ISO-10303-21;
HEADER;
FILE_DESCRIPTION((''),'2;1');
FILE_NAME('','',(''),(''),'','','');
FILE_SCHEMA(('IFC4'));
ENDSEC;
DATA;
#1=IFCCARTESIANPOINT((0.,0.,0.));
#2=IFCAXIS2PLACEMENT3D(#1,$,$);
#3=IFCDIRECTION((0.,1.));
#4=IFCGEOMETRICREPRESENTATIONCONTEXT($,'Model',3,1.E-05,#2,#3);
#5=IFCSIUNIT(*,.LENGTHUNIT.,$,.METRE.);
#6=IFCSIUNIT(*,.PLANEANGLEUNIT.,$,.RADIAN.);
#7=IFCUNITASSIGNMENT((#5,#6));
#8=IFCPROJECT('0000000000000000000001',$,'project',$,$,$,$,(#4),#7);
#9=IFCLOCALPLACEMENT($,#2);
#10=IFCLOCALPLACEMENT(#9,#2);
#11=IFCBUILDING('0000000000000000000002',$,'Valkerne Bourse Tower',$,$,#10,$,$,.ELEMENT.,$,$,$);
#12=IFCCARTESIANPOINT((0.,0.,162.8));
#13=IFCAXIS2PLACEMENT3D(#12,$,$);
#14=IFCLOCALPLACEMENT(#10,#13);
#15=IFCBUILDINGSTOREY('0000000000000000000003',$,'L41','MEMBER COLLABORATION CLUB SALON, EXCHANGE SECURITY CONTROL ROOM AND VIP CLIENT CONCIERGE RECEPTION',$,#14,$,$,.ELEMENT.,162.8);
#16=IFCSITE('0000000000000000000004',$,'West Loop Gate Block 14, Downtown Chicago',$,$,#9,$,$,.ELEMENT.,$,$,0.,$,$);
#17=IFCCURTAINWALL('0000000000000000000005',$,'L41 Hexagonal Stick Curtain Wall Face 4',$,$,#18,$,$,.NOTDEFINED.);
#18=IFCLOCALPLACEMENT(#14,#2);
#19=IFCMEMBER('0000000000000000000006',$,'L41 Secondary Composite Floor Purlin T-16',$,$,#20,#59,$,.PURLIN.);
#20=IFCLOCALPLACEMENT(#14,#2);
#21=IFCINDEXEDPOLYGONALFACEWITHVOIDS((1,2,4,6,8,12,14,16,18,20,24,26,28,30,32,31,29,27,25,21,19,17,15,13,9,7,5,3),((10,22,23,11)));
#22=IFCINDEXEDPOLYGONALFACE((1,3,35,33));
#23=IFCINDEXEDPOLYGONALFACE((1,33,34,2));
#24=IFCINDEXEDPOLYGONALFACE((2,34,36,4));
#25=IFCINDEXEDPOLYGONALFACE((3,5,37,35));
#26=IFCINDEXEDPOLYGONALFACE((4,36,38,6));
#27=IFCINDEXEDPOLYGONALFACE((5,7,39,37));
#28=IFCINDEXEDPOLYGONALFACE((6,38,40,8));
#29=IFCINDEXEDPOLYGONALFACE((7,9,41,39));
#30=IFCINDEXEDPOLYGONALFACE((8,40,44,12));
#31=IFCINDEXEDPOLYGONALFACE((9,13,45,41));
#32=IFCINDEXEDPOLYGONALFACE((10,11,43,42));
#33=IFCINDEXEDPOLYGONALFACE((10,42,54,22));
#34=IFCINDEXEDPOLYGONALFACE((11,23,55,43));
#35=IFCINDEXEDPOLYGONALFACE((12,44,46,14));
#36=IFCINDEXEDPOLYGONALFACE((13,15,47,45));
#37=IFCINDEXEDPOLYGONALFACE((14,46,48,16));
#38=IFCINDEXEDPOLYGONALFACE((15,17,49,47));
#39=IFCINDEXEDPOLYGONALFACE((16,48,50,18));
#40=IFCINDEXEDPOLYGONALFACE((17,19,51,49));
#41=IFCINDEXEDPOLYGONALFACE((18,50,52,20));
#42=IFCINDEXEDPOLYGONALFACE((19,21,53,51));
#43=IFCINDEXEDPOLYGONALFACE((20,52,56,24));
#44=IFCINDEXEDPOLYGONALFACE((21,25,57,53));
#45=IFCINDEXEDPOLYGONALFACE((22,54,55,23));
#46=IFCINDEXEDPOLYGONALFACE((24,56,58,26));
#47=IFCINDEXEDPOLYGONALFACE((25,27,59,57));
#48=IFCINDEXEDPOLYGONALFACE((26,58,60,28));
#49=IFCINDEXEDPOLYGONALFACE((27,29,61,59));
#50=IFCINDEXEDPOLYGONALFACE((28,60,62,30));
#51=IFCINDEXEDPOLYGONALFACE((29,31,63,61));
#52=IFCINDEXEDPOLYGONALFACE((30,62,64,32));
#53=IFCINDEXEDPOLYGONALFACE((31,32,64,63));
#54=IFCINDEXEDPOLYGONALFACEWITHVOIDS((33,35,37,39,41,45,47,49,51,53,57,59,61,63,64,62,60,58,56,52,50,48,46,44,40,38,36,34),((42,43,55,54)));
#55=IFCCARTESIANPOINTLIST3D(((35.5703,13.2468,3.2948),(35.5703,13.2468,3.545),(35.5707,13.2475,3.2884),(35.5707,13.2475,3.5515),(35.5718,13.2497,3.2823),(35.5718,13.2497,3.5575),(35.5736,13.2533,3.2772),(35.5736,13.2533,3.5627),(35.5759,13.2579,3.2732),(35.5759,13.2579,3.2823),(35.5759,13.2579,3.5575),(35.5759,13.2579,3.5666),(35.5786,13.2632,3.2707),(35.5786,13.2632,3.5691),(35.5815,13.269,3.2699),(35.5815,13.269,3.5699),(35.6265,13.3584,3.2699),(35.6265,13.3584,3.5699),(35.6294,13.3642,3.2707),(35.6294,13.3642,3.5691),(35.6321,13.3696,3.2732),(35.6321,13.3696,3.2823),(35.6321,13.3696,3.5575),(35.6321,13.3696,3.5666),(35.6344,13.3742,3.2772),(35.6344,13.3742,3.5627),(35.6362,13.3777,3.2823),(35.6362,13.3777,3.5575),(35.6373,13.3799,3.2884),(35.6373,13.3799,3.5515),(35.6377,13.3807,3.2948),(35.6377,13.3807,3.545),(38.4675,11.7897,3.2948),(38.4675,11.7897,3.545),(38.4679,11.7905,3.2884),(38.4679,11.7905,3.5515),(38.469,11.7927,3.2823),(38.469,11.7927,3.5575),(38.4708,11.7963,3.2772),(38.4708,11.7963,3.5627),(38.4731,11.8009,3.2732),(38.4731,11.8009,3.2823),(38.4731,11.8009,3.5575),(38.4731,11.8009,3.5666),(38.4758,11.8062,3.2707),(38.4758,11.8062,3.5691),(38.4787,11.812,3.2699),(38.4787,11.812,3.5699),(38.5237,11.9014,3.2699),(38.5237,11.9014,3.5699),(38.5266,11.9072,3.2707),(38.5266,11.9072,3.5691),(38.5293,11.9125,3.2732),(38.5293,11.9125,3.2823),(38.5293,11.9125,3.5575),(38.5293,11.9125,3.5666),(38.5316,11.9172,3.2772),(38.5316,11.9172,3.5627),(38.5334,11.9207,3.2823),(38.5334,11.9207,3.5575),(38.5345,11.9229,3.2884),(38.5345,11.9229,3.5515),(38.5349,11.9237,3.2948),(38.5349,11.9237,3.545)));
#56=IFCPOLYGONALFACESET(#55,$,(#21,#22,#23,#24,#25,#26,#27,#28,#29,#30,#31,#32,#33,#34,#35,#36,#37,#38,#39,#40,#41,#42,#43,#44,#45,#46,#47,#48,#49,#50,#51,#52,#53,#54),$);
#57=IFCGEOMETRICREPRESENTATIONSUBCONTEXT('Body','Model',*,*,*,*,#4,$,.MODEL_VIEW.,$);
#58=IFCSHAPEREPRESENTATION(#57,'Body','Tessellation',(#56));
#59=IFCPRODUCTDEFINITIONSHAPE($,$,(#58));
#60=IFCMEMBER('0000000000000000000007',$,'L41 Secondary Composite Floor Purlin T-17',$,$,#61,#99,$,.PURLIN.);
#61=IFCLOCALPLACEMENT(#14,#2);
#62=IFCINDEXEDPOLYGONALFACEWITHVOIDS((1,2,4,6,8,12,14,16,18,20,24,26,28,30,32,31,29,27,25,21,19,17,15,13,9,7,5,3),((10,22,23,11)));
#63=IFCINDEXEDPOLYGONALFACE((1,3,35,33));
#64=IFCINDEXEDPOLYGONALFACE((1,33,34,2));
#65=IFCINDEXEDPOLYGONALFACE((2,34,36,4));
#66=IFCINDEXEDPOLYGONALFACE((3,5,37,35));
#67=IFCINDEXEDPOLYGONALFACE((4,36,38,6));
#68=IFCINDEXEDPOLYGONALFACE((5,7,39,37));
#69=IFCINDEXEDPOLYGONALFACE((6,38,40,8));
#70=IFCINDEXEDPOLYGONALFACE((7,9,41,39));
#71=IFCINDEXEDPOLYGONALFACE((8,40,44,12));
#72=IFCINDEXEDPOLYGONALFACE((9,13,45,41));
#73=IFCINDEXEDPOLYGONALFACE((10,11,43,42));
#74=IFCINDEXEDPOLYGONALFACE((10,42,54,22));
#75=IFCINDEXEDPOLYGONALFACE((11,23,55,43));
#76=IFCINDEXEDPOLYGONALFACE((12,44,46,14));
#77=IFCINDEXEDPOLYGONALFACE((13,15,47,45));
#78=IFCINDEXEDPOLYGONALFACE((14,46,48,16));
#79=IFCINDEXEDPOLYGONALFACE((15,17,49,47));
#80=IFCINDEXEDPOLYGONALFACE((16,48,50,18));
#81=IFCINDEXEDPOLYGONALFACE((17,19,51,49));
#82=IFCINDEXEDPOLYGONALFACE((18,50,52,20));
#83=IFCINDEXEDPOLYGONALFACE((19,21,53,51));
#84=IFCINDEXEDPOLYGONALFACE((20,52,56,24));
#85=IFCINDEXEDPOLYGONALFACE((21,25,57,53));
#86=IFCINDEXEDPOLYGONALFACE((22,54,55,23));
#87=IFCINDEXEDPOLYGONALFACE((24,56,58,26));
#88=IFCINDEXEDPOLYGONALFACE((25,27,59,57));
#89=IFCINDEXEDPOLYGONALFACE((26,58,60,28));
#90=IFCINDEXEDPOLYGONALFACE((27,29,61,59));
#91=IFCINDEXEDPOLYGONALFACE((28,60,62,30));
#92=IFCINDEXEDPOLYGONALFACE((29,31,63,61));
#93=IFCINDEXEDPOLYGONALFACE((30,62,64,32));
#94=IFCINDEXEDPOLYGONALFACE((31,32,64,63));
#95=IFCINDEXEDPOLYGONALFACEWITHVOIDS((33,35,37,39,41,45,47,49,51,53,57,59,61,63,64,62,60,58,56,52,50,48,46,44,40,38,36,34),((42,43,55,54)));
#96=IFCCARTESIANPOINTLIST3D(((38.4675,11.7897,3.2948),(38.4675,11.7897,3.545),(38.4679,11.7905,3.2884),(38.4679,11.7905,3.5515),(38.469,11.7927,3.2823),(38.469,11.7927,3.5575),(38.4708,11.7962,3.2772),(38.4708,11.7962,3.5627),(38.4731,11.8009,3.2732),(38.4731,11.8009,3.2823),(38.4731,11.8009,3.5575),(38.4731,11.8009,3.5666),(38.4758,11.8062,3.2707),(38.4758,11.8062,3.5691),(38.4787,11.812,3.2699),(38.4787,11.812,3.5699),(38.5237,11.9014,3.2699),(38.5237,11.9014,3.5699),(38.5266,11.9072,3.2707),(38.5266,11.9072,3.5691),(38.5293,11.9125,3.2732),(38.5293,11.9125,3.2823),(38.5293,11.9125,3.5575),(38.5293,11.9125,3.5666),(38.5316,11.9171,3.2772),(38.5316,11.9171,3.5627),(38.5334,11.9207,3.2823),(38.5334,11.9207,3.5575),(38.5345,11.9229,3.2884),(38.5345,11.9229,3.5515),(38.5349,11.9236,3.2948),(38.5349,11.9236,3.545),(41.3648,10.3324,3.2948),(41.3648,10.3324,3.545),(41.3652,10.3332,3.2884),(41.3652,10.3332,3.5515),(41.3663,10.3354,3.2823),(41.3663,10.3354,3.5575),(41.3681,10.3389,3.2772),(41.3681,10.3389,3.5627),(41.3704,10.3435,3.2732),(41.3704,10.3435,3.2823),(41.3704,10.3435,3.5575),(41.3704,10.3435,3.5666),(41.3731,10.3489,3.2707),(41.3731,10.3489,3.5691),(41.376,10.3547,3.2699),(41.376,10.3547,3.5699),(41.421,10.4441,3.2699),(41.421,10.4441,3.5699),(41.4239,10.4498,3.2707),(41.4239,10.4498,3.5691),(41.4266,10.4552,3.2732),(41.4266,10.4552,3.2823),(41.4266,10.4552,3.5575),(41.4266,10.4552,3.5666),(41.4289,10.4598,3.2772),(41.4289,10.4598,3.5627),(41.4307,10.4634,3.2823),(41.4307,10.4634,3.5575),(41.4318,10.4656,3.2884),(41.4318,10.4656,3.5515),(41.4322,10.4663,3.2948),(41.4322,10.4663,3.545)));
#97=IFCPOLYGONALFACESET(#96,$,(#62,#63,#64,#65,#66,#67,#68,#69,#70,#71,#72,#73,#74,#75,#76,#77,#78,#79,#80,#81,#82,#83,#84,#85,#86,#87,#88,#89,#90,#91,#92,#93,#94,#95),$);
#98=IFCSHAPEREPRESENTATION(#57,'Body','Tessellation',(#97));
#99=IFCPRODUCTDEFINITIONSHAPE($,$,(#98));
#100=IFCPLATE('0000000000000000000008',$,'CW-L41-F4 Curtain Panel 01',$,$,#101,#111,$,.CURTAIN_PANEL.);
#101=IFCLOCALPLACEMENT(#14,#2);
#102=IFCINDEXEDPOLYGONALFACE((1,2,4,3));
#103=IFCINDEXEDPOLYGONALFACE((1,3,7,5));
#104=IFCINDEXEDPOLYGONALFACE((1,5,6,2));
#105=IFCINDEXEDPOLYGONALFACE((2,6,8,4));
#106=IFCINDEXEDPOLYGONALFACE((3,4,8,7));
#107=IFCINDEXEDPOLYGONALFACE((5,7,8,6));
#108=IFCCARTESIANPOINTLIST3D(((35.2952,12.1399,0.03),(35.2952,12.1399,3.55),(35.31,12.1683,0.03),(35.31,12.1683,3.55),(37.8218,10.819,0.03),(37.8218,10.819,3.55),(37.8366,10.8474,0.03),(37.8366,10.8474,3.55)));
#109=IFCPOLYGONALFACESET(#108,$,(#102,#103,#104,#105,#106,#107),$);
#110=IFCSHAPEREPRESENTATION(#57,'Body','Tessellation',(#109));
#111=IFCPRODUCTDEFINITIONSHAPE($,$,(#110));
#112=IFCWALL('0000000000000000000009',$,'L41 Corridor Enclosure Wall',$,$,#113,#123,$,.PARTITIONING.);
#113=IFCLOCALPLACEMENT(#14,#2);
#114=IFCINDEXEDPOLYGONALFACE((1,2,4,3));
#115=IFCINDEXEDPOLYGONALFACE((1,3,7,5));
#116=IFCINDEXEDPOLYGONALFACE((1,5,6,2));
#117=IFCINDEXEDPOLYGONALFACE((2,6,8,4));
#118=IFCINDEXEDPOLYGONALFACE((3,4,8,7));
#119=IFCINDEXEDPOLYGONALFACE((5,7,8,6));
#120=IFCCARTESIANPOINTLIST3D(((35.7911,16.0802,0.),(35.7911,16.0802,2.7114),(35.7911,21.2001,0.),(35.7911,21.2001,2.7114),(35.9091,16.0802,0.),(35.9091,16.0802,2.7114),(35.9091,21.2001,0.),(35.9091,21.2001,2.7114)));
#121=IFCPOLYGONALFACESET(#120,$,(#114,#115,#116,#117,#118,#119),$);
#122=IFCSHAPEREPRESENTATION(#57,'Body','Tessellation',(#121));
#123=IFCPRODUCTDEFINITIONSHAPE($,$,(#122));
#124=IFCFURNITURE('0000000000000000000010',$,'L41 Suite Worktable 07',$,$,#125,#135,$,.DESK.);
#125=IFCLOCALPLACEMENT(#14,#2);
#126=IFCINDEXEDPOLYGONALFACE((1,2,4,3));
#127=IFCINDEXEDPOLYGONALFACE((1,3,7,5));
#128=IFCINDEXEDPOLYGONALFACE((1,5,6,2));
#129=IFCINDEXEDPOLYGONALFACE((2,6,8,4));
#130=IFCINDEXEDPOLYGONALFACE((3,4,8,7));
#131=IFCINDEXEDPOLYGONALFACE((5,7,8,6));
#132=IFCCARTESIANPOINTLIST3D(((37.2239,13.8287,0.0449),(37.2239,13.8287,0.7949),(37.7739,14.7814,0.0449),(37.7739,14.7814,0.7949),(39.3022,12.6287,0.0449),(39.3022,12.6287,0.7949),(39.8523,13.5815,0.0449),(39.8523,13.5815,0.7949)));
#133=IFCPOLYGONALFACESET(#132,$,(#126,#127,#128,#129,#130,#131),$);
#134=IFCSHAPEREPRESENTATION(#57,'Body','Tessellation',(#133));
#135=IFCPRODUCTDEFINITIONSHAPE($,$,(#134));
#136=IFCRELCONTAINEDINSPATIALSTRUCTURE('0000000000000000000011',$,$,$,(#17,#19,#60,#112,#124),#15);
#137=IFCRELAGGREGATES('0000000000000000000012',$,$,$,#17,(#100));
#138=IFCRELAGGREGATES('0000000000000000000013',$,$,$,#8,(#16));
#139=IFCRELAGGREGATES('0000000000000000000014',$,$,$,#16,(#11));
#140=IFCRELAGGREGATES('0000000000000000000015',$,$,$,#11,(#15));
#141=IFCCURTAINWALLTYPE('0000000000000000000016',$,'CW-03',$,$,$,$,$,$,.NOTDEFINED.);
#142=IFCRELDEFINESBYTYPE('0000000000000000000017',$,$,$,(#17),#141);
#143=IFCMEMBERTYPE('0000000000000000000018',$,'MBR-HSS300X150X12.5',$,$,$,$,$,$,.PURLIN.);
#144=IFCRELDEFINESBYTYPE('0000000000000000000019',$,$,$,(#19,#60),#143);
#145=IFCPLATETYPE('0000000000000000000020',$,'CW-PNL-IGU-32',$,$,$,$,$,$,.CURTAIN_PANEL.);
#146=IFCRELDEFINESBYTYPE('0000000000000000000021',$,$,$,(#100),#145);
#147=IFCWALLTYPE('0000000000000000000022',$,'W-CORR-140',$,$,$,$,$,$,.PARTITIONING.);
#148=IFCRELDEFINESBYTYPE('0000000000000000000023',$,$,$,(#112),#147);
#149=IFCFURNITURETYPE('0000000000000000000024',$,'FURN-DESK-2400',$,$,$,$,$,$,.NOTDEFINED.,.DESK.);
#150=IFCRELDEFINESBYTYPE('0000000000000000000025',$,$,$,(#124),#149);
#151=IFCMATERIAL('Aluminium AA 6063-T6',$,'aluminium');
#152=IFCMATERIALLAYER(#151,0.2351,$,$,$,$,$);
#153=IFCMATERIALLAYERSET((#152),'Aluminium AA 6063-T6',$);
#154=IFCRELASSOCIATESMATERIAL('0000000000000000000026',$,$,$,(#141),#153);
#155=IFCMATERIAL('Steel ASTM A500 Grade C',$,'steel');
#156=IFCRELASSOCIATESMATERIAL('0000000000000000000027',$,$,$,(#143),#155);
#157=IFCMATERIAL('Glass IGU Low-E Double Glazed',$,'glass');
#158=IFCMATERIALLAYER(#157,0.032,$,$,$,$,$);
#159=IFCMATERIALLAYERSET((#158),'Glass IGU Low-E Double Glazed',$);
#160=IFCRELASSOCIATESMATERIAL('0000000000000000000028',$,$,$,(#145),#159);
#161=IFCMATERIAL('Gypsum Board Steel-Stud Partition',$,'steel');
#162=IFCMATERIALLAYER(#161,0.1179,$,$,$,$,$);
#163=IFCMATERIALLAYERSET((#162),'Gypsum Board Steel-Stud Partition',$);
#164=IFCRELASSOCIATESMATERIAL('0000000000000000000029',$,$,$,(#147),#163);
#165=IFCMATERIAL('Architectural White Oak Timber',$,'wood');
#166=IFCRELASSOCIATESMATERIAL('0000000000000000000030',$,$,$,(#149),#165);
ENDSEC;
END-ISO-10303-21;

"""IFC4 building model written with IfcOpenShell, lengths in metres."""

from ifc_helpers import new_model, si_unit, direction, frame, frame_2d, origin, origin_2d, place, context, subcontext, project, spatial, rectangle, hollow_rectangle, extrude, material, layer, layer_set, material_profile, profile_set, type_object, element, aggregate, save


model = new_model("IFC4")

# Units and contexts
model_context = context("Model", 3, precision=1e-05, world=origin(), true_north=direction((0.0, 1.0)))
body_context = subcontext(model_context, "Body", "Model", "MODEL_VIEW")
ifc_project = project(units=[si_unit("LENGTHUNIT", "METRE"), si_unit("PLANEANGLEUNIT", "RADIAN")], contexts=[model_context])

# Site, building, storey
site_placement = place(None, origin())
site = spatial("IfcSite", under=ifc_project, at=site_placement, Name="West Loop Gate Block 14, Downtown Chicago", CompositionType="ELEMENT", RefElevation=0.0)
building_placement = place(site_placement, origin())
building = spatial("IfcBuilding", under=site, at=building_placement, Name="Valkerne Bourse Tower", CompositionType="ELEMENT")
storey_placement = place(building_placement, frame((0.0, 0.0, 162.8)))
storey = spatial("IfcBuildingStorey", under=building, at=storey_placement, Name="L41", Description="MEMBER COLLABORATION CLUB SALON, EXCHANGE SECURITY CONTROL ROOM AND VIP CLIENT CONCIERGE RECEPTION", CompositionType="ELEMENT", Elevation=162.8)

# Curtain wall
ifc_material_1 = material(Name="Aluminium AA 6063-T6", Category="aluminium")
ifc_layer_1 = layer(ifc_material_1, 0.2351)
ifc_layer_set_1 = layer_set([ifc_layer_1], Name="Aluminium AA 6063-T6")
curtain_wall_type = type_object("IfcCurtainWallType", Name="CW-03", PredefinedType="NOTDEFINED", material=ifc_layer_set_1)
curtain_wall_placement = place(storey_placement, origin())
curtain_wall = element("IfcCurtainWall", 1, at=curtain_wall_placement, inside=storey, type_object=curtain_wall_type, Name="L41 Hexagonal Stick Curtain Wall Face 4", PredefinedType="NOTDEFINED")

# Members
ifc_material_2 = material(Name="Steel ASTM A500 Grade C", Category="steel")
ifc_material_profile_1 = material_profile(ifc_material_2, hollow_rectangle(XDim=0.1499, YDim=0.3, WallThickness=0.0125, OuterFilletRadius=0.0249, at=origin_2d()), Name="HSS300X150X12.5")
ifc_profile_set_1 = profile_set([ifc_material_profile_1], Name="Steel ASTM A500 Grade C")
member_type_1 = type_object("IfcMemberType", Name="MBR-HSS300X150X12.5", PredefinedType="PURLIN", material=ifc_profile_set_1)
member_1_placement = place(storey_placement, frame((35.604, 13.3137, 3.4199), z_axis=(0.893386, -0.44929, 0.0), x_axis=(0.44929, 0.893386, 0.0)))
element("IfcMember", 2, at=member_1_placement, inside=storey, type_object=member_type_1, Name="L41 Secondary Composite Floor Purlin T-16", PredefinedType="PURLIN", context=body_context, shape_type="SweptSolid", body=[
    extrude(hollow_rectangle(XDim=0.1499, YDim=0.3, WallThickness=0.0125, OuterFilletRadius=0.0249, at=origin_2d()), origin(), (0.0, 0.0, 1.0), 3.2429),
])
member_2_placement = place(storey_placement, frame((38.5012, 11.8567, 3.4199), z_axis=(0.893356, -0.44935, 0.0), x_axis=(0.44935, 0.893356, 0.0)))
element("IfcMember", 3, at=member_2_placement, inside=storey, type_object=member_type_1, Name="L41 Secondary Composite Floor Purlin T-17", PredefinedType="PURLIN", context=body_context, shape_type="SweptSolid", body=[
    extrude(hollow_rectangle(XDim=0.1499, YDim=0.3, WallThickness=0.0125, OuterFilletRadius=0.0249, at=origin_2d()), origin(), (0.0, 0.0, 1.0), 3.2432),
])

# Plate
ifc_material_3 = material(Name="Glass IGU Low-E Double Glazed", Category="glass")
ifc_layer_2 = layer(ifc_material_3, 0.032)
ifc_layer_set_2 = layer_set([ifc_layer_2], Name="Glass IGU Low-E Double Glazed")
plate_type = type_object("IfcPlateType", Name="CW-PNL-IGU-32", PredefinedType="CURTAIN_PANEL", material=ifc_layer_set_2)
plate_placement = place(storey_placement, frame((36.5659, 11.4937, 0.03), z_axis=(0.0, 0.0, 1.0), x_axis=(0.886204, -0.463295, 0.0)))
plate = element("IfcPlate", 4, at=plate_placement, type_object=plate_type, Name="CW-L41-F4 Curtain Panel 01", PredefinedType="CURTAIN_PANEL", context=body_context, shape_type="SweptSolid", body=[
    extrude(rectangle(XDim=2.8511, YDim=0.032, at=origin_2d()), origin(), (0.0, 0.0, 1.0), 3.52),
])
aggregate(curtain_wall, [plate])

# Wall
ifc_material_4 = material(Name="Gypsum Board Steel-Stud Partition", Category="steel")
ifc_layer_3 = layer(ifc_material_4, 0.1179)
ifc_layer_set_3 = layer_set([ifc_layer_3], Name="Gypsum Board Steel-Stud Partition")
wall_type_1 = type_object("IfcWallType", Name="W-CORR-140", PredefinedType="PARTITIONING", material=ifc_layer_set_3)
wall_1_placement = place(storey_placement, frame((35.8501, 16.0801, 0.0), z_axis=(0.0, 0.0, 1.0), x_axis=(0.0, 1.0, 0.0)))
element("IfcWall", 5, at=wall_1_placement, inside=storey, type_object=wall_type_1, Name="L41 Corridor Enclosure Wall", PredefinedType="PARTITIONING", context=body_context, shape_type="SweptSolid", body=[
    extrude(rectangle(XDim=5.1199, YDim=0.1179, at=frame_2d((2.5601, 0.0))), origin(), (0.0, 0.0, 1.0), 2.7114),
])

# Furniture
ifc_material_5 = material(Name="Architectural White Oak Timber", Category="wood")
furniture_type = type_object("IfcFurnitureType", Name="FURN-DESK-2400", AssemblyPlace="NOTDEFINED", PredefinedType="DESK", material=ifc_material_5)
furniture_placement = place(storey_placement, frame((38.5381, 13.7051, 0.0449), z_axis=(0.0, 0.0, 1.0), x_axis=(-0.866025, 0.5, 0.0)))
element("IfcFurniture", 6, at=furniture_placement, inside=storey, type_object=furniture_type, Name="L41 Suite Worktable 07", PredefinedType="DESK", context=body_context, shape_type="SweptSolid", body=[
    extrude(rectangle(XDim=2.3999, YDim=1.1001, at=origin_2d()), origin(), (0.0, 0.0, 1.0), 0.75),
])

save(model, "model.ifc")
